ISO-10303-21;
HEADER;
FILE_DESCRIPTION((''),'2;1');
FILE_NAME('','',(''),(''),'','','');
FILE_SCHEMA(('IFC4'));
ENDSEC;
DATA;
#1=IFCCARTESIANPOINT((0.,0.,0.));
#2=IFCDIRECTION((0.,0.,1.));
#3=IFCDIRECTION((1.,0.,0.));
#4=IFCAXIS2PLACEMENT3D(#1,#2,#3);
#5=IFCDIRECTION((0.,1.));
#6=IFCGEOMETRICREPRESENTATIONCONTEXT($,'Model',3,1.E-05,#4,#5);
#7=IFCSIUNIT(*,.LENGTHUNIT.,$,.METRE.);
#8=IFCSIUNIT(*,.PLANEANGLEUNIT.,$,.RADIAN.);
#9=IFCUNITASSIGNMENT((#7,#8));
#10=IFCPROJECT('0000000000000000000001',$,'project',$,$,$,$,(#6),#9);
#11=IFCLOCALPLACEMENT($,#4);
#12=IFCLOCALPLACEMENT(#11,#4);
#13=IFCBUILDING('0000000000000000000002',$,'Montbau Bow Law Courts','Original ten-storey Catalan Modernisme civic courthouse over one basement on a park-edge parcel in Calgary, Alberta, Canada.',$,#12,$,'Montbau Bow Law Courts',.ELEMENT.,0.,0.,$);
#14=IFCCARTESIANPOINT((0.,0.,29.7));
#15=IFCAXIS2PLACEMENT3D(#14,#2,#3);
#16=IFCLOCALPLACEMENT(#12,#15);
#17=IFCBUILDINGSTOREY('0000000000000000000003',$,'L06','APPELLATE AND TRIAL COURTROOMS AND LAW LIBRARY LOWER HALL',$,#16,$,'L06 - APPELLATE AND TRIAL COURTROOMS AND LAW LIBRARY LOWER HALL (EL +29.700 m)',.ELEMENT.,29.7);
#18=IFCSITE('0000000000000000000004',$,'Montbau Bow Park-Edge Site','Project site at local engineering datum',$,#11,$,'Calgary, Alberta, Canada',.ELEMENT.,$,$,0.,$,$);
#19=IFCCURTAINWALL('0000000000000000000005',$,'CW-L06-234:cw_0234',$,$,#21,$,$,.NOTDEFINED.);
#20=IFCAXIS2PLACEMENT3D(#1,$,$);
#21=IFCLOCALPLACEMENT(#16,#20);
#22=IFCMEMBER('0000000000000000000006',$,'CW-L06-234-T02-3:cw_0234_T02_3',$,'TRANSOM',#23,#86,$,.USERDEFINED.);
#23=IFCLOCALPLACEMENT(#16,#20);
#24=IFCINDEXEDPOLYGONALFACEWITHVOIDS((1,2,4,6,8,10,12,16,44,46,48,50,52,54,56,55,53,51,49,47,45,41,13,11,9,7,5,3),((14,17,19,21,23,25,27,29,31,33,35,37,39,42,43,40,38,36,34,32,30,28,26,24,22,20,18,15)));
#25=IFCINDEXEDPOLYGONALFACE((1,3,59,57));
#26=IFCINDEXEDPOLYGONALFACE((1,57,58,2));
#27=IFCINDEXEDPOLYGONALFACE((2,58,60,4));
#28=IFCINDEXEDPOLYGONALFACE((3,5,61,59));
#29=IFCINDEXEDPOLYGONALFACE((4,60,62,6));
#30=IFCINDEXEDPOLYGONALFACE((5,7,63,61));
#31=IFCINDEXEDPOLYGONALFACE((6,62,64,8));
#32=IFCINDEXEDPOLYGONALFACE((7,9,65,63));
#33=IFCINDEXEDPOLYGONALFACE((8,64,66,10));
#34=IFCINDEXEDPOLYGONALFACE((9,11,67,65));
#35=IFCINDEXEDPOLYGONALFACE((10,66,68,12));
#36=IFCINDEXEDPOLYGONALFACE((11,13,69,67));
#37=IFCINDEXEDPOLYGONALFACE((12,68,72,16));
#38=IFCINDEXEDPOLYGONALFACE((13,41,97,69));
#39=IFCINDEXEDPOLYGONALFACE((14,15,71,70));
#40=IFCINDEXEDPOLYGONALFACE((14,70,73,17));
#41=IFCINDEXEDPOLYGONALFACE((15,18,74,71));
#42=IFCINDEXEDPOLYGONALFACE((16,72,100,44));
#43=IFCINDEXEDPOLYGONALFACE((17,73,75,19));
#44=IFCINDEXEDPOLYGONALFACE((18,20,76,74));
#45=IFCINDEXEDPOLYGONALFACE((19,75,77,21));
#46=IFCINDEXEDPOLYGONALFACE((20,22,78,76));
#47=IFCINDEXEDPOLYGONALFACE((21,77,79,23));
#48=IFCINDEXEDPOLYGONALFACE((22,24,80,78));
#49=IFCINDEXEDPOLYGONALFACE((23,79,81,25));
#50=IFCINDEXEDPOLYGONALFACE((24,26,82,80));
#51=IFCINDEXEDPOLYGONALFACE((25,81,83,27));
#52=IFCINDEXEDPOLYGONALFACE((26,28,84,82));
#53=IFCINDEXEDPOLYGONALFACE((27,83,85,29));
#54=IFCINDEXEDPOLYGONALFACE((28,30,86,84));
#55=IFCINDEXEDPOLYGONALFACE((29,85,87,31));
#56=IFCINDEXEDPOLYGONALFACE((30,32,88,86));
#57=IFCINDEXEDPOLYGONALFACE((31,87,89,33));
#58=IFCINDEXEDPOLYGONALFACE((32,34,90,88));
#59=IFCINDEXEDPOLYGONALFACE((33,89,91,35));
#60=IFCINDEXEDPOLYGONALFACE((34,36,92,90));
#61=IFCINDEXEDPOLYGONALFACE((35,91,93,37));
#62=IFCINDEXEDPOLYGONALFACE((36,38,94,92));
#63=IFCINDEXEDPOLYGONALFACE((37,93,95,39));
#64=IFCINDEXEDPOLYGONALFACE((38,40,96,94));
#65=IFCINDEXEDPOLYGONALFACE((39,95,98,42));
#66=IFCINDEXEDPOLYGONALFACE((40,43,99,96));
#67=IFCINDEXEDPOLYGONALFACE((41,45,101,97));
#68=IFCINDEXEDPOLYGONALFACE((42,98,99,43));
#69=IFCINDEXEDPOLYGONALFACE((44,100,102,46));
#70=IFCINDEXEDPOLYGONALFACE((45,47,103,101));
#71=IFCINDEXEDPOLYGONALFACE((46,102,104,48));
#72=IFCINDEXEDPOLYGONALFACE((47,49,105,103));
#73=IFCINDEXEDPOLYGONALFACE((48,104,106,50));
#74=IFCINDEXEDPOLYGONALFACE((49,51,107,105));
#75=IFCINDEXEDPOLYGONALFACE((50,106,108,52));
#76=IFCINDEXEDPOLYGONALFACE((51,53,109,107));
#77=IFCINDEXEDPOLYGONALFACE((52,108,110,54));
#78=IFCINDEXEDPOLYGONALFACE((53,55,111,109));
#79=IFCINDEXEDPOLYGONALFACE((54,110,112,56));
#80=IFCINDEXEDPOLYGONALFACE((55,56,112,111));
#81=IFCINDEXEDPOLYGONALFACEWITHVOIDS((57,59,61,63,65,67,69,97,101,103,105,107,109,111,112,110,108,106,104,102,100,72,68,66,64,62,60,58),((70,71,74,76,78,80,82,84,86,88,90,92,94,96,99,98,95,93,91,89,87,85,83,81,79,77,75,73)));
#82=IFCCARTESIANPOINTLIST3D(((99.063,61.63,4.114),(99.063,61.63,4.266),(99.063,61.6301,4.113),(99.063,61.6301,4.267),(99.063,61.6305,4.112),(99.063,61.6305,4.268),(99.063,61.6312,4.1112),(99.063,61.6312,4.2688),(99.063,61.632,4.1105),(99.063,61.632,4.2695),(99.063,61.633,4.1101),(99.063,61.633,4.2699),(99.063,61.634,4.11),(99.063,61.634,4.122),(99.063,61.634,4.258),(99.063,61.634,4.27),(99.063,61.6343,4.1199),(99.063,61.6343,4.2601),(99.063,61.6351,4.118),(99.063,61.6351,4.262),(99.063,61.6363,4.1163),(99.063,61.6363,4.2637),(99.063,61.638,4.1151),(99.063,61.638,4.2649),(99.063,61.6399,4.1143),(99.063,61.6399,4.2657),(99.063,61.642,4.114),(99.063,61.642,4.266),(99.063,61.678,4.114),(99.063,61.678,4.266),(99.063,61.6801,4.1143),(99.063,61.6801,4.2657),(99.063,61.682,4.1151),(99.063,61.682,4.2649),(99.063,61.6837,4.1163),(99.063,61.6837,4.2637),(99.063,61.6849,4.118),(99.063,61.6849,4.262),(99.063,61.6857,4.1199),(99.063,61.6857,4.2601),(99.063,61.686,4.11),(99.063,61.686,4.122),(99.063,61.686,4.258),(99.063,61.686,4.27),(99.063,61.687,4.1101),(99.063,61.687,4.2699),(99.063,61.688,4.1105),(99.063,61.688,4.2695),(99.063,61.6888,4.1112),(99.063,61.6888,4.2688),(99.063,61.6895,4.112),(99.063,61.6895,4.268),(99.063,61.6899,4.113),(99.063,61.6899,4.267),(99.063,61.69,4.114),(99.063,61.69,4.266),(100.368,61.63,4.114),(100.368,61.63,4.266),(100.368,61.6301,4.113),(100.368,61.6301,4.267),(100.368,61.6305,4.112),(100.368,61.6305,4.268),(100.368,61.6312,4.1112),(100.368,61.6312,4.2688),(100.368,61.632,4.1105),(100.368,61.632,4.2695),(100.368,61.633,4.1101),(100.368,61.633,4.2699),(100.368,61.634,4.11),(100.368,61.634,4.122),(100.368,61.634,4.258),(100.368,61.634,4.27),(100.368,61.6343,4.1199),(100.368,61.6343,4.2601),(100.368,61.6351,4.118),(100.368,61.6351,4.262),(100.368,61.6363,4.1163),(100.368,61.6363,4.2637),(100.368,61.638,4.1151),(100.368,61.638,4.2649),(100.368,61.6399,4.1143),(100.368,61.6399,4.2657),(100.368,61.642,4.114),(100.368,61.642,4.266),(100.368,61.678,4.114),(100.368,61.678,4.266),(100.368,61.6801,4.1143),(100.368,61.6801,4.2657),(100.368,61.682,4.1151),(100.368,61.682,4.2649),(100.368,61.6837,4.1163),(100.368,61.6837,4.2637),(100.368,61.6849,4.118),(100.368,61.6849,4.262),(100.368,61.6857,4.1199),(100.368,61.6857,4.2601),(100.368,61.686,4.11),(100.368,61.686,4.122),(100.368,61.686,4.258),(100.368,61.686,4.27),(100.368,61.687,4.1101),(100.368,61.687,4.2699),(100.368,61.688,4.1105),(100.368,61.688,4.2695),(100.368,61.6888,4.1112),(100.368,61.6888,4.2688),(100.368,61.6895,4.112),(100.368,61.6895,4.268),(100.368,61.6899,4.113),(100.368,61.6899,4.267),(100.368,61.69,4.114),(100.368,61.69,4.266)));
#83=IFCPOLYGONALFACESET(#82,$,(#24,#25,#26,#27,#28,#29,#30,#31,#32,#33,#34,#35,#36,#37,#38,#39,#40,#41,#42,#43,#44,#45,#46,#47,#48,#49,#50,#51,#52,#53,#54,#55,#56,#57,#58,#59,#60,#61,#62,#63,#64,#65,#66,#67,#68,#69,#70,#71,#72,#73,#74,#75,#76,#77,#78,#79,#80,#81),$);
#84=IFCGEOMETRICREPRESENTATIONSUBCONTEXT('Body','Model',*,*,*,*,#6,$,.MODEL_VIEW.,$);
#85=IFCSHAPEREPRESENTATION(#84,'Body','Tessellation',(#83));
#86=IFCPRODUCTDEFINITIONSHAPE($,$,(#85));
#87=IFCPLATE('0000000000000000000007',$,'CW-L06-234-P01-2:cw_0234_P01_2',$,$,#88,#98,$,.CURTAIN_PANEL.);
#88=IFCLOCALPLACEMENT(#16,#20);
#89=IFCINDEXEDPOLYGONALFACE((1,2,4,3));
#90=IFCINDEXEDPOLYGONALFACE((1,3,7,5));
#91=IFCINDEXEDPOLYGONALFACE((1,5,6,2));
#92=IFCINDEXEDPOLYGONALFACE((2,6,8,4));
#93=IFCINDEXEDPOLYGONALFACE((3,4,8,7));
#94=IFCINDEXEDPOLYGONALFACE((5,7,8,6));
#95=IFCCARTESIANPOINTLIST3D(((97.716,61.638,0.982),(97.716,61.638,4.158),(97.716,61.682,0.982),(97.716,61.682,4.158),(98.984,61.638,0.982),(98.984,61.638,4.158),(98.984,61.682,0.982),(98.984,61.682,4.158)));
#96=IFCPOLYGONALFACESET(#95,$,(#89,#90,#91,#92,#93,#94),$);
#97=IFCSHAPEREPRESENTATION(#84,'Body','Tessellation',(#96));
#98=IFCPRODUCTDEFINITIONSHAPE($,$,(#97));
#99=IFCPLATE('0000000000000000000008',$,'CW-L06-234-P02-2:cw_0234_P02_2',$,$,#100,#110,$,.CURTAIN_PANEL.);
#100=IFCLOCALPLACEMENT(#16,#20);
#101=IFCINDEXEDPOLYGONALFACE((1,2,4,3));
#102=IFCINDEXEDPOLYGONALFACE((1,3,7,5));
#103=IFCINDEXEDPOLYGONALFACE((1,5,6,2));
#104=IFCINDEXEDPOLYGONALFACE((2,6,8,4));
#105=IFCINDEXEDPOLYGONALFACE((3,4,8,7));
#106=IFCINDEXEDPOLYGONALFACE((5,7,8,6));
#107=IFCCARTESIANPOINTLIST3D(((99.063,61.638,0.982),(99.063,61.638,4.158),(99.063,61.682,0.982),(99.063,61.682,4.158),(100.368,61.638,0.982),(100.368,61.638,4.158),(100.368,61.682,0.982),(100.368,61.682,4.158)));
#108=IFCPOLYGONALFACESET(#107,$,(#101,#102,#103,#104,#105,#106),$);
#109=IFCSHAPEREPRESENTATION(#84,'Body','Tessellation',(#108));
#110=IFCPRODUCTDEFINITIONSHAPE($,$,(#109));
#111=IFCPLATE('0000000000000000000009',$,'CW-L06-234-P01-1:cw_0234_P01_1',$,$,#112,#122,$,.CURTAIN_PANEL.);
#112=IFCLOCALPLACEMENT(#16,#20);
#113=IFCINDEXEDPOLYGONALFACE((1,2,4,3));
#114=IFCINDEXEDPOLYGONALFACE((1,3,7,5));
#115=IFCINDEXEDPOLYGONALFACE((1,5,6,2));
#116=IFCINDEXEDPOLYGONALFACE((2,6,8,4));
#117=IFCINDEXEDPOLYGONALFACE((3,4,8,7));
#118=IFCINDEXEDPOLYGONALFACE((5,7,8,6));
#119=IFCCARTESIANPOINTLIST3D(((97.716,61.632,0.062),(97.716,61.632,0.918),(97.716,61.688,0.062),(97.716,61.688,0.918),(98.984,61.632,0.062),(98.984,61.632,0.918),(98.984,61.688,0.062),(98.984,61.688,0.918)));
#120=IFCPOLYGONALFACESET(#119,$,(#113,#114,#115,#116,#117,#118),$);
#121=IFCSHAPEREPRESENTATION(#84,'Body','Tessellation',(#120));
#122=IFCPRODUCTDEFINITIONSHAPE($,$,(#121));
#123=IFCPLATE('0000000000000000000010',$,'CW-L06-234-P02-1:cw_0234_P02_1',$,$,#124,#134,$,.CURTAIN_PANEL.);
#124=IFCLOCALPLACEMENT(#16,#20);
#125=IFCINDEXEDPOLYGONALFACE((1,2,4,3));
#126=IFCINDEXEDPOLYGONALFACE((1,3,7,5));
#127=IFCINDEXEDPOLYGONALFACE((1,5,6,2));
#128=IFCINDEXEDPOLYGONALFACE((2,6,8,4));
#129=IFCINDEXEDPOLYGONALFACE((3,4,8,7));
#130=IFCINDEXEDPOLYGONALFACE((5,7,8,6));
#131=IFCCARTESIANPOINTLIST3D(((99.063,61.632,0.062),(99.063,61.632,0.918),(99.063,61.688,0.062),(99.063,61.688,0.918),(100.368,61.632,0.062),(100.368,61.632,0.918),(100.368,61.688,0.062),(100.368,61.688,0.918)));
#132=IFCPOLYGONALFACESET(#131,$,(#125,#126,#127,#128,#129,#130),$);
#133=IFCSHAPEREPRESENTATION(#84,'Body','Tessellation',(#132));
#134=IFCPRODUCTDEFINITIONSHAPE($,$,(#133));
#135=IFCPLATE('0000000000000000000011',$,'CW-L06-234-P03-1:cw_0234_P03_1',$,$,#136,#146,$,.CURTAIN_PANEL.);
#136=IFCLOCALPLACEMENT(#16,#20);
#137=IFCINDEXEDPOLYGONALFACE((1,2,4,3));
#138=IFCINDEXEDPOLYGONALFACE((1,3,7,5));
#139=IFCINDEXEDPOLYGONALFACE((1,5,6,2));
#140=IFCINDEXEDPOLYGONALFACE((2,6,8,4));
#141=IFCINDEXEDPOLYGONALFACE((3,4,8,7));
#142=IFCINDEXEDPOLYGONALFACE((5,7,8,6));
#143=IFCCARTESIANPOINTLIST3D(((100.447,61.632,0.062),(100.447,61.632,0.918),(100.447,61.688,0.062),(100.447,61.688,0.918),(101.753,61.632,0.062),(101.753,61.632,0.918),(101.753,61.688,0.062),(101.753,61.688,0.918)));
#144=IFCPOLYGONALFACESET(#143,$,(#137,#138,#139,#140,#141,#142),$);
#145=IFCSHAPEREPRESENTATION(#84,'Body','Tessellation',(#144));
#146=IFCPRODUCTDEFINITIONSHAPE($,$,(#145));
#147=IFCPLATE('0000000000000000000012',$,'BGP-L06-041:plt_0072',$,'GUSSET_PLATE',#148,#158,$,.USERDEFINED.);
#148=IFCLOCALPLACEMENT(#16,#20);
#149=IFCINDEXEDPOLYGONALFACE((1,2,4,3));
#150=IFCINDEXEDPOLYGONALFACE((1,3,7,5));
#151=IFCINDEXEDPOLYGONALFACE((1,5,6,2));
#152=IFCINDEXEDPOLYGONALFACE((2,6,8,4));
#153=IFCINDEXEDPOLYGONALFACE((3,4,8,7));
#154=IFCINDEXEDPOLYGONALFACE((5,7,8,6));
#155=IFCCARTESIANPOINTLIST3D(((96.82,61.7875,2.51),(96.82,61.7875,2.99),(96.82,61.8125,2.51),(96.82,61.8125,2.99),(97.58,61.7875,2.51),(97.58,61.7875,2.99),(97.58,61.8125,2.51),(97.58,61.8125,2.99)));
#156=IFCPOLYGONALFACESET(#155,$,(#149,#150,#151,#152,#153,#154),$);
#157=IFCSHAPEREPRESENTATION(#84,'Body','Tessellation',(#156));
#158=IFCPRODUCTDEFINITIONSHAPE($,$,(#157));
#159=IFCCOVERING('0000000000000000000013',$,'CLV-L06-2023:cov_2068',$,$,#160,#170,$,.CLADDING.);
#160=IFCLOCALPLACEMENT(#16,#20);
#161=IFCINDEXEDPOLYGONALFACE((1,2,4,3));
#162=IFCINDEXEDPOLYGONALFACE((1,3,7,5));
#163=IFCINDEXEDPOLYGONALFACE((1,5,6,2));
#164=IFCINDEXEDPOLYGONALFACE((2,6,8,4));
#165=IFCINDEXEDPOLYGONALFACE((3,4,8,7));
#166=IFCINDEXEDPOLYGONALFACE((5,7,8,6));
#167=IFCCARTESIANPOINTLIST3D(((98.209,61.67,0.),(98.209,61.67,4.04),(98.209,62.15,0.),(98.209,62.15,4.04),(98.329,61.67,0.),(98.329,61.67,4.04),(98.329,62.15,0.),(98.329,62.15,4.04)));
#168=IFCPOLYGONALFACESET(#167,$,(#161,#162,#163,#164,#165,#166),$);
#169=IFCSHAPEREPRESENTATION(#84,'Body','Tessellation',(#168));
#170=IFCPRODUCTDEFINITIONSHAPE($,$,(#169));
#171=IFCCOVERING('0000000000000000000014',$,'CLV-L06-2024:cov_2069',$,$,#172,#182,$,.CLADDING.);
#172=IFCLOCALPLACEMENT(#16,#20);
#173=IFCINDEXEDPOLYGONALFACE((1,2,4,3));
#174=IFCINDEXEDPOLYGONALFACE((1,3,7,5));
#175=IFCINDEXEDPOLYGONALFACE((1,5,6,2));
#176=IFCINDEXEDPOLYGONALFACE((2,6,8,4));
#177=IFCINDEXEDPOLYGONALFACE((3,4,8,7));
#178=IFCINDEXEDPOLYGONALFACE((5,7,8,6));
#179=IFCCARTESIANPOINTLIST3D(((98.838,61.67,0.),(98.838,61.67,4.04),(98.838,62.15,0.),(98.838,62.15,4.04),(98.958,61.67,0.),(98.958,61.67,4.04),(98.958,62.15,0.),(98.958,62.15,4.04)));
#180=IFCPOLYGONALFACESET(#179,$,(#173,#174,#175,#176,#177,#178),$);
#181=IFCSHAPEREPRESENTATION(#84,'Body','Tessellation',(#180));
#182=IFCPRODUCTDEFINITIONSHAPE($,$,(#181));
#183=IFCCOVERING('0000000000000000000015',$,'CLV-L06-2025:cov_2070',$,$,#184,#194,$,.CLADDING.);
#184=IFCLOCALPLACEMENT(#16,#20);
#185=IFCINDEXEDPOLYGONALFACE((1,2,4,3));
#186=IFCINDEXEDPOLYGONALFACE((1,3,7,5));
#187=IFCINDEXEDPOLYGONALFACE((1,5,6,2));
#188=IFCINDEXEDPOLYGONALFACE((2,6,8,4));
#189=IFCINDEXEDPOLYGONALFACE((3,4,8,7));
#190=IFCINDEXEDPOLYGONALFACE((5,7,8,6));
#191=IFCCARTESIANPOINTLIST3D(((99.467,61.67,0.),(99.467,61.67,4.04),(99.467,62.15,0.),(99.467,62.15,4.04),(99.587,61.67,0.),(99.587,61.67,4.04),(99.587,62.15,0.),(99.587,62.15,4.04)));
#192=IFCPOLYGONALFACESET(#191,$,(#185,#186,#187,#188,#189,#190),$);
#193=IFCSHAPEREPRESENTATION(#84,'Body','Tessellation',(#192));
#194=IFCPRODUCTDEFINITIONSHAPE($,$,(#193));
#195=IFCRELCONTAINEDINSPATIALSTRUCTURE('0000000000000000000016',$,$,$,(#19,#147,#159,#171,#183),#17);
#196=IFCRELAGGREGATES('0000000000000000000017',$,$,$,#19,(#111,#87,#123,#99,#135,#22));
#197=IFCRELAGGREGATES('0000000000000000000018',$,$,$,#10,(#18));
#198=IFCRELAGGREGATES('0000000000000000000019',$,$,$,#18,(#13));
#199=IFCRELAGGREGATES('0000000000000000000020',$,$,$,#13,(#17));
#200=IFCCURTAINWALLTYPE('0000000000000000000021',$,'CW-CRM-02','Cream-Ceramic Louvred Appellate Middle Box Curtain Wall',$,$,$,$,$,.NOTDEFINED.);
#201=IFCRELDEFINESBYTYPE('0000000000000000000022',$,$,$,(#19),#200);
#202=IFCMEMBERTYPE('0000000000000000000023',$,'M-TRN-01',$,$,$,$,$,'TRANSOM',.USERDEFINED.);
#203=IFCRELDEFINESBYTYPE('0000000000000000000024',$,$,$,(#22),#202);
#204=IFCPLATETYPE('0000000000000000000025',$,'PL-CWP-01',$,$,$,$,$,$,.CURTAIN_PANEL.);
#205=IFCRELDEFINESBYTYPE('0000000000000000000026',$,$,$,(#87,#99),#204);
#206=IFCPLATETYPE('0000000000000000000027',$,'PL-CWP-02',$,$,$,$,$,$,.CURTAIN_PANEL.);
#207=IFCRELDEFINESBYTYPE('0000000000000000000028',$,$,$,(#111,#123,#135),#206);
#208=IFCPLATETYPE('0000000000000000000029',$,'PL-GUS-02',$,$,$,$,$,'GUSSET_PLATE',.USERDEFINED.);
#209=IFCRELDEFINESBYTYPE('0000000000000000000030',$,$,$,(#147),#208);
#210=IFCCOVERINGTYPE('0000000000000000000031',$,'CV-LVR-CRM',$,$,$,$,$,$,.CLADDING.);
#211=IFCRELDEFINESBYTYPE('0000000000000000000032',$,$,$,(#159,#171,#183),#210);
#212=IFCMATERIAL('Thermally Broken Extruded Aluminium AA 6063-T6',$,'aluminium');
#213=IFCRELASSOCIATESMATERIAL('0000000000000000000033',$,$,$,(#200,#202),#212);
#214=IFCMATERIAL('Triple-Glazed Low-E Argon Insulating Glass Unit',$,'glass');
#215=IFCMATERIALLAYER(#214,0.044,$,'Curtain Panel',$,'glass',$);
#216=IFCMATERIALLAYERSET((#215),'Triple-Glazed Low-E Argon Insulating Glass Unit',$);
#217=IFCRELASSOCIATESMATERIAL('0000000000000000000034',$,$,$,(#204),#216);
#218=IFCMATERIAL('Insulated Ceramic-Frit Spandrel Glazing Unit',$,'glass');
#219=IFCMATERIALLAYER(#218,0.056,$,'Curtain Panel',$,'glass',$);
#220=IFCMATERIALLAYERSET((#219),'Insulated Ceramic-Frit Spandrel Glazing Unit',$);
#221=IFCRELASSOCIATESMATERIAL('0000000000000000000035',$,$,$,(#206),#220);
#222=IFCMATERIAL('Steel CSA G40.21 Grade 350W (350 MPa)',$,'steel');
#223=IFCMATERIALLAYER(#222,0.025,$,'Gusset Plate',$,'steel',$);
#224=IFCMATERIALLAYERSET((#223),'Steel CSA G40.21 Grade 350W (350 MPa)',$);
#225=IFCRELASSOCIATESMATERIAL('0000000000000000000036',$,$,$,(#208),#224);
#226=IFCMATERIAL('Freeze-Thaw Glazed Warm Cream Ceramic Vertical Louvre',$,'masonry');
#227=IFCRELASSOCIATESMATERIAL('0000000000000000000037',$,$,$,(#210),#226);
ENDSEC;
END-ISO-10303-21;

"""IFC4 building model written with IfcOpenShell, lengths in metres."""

from ifc_helpers import new_model, si_unit, direction, frame, frame_2d, origin_with_axes, origin_2d_with_axis, place, context, subcontext, project, spatial, rectangle, hollow_rectangle, extrude, material, layer, layer_set, material_profile, profile_set, type_object, element, aggregate, save


model = new_model("IFC4")

# Units and contexts
model_context = context("Model", 3, precision=1e-05, world=origin_with_axes(), true_north=direction((0.0, 1.0)))
body_context = subcontext(model_context, "Body", "Model", "MODEL_VIEW")
ifc_project = project(units=[si_unit("LENGTHUNIT", "METRE"), si_unit("PLANEANGLEUNIT", "RADIAN")], contexts=[model_context])

# Site, building, storey
site_placement = place(None, origin_with_axes())
site = spatial("IfcSite", under=ifc_project, at=site_placement, Name="Montbau Bow Park-Edge Site", Description="Project site at local engineering datum", LongName="Calgary, Alberta, Canada", CompositionType="ELEMENT", RefElevation=0.0)
building_placement = place(site_placement, origin_with_axes())
building = spatial("IfcBuilding", under=site, at=building_placement, Name="Montbau Bow Law Courts", Description="Original ten-storey Catalan Modernisme civic courthouse over one basement on a park-edge parcel in Calgary, Alberta, Canada.", LongName="Montbau Bow Law Courts", CompositionType="ELEMENT", ElevationOfRefHeight=0.0, ElevationOfTerrain=0.0)
storey_placement = place(building_placement, frame((0.0, 0.0, 29.7), z_axis=(0.0, 0.0, 1.0), x_axis=(1.0, 0.0, 0.0)))
storey = spatial("IfcBuildingStorey", under=building, at=storey_placement, Name="L06", Description="APPELLATE AND TRIAL COURTROOMS AND LAW LIBRARY LOWER HALL", LongName="L06 - APPELLATE AND TRIAL COURTROOMS AND LAW LIBRARY LOWER HALL (EL +29.700 m)", CompositionType="ELEMENT", Elevation=29.7)

# Shared definitions
ifc_material_1 = material(Name="Steel CSA G40.21 Grade 350W (350 MPa)", Category="steel")

# Curtain wall, member, plates
ifc_material_2 = material(Name="Thermally Broken Extruded Aluminium AA 6063-T6", Category="aluminium")
curtain_wall_type = type_object("IfcCurtainWallType", Name="CW-CRM-02", Description="Cream-Ceramic Louvred Appellate Middle Box Curtain Wall", PredefinedType="NOTDEFINED", material=ifc_material_2)
curtain_wall_placement = place(None, frame((97.64, 61.66, 29.7), z_axis=(0.0, 0.0, 1.0), x_axis=(1.0, 0.0, 0.0)))
curtain_wall = element("IfcCurtainWall", 1, at=curtain_wall_placement, inside=storey, type_object=curtain_wall_type, Name="CW-L06-234:cw_0234", PredefinedType="NOTDEFINED")
ifc_material_profile_1 = material_profile(ifc_material_2, hollow_rectangle(XDim=0.06, YDim=0.16, WallThickness=0.004, InnerFilletRadius=0.008, OuterFilletRadius=0.004, at=origin_2d_with_axis()), Name="CWT-160X60", Category="Main", Priority=0)
ifc_profile_set_1 = profile_set([ifc_material_profile_1], Name="Thermally Broken Extruded Aluminium AA 6063-T6")
member_type_1 = type_object("IfcMemberType", Name="M-TRN-01", ElementType="TRANSOM", PredefinedType="USERDEFINED", material=ifc_profile_set_1)
member_1_placement = place(None, frame((99.063, 61.66, 33.89), z_axis=(1.0, 0.0, 0.0), x_axis=(0.0, 1.0, 0.0)))
member_1 = element("IfcMember", 2, at=member_1_placement, type_object=member_type_1, Name="CW-L06-234-T02-3:cw_0234_T02_3", ObjectType="TRANSOM", PredefinedType="USERDEFINED", context=body_context, shape_type="SweptSolid", body=[
    extrude(hollow_rectangle(XDim=0.06, YDim=0.16, WallThickness=0.004, InnerFilletRadius=0.008, OuterFilletRadius=0.004, at=origin_2d_with_axis()), origin_with_axes(), (0.0, 0.0, 1.0), 1.305),
])
ifc_material_3 = material(Name="Triple-Glazed Low-E Argon Insulating Glass Unit", Category="glass")
ifc_layer_1 = layer(ifc_material_3, 0.044, Name="Curtain Panel", Category="glass")
ifc_layer_set_1 = layer_set([ifc_layer_1], Name="Triple-Glazed Low-E Argon Insulating Glass Unit")
plate_type_1 = type_object("IfcPlateType", Name="PL-CWP-01", PredefinedType="CURTAIN_PANEL", material=ifc_layer_set_1)
plate_1_placement = place(None, frame((97.716, 61.66, 30.682), z_axis=(0.0, -1.0, 0.0), x_axis=(1.0, 0.0, 0.0)))
plate_1 = element("IfcPlate", 3, at=plate_1_placement, type_object=plate_type_1, Name="CW-L06-234-P01-2:cw_0234_P01_2", PredefinedType="CURTAIN_PANEL", context=body_context, shape_type="SweptSolid", body=[
    extrude(rectangle(XDim=1.268, YDim=3.176, at=frame_2d((0.634, 1.588), x_axis=(1.0, 0.0))), frame((0.0, 0.0, -0.022), z_axis=(0.0, 0.0, 1.0), x_axis=(1.0, 0.0, 0.0)), (0.0, 0.0, 1.0), 0.044),
])
plate_2_placement = place(None, frame((99.063, 61.66, 30.682), z_axis=(0.0, -1.0, 0.0), x_axis=(1.0, 0.0, 0.0)))
plate_2 = element("IfcPlate", 4, at=plate_2_placement, type_object=plate_type_1, Name="CW-L06-234-P02-2:cw_0234_P02_2", PredefinedType="CURTAIN_PANEL", context=body_context, shape_type="SweptSolid", body=[
    extrude(rectangle(XDim=1.305, YDim=3.176, at=frame_2d((0.6525, 1.588), x_axis=(1.0, 0.0))), frame((0.0, 0.0, -0.022), z_axis=(0.0, 0.0, 1.0), x_axis=(1.0, 0.0, 0.0)), (0.0, 0.0, 1.0), 0.044),
])
ifc_material_4 = material(Name="Insulated Ceramic-Frit Spandrel Glazing Unit", Category="glass")
ifc_layer_2 = layer(ifc_material_4, 0.056, Name="Curtain Panel", Category="glass")
ifc_layer_set_2 = layer_set([ifc_layer_2], Name="Insulated Ceramic-Frit Spandrel Glazing Unit")
plate_type_2 = type_object("IfcPlateType", Name="PL-CWP-02", PredefinedType="CURTAIN_PANEL", material=ifc_layer_set_2)
plate_3_placement = place(None, frame((97.716, 61.66, 29.762), z_axis=(0.0, -1.0, 0.0), x_axis=(1.0, 0.0, 0.0)))
plate_3 = element("IfcPlate", 5, at=plate_3_placement, type_object=plate_type_2, Name="CW-L06-234-P01-1:cw_0234_P01_1", PredefinedType="CURTAIN_PANEL", context=body_context, shape_type="SweptSolid", body=[
    extrude(rectangle(XDim=1.268, YDim=0.856, at=frame_2d((0.634, 0.428), x_axis=(1.0, 0.0))), frame((0.0, 0.0, -0.028), z_axis=(0.0, 0.0, 1.0), x_axis=(1.0, 0.0, 0.0)), (0.0, 0.0, 1.0), 0.056),
])
plate_4_placement = place(None, frame((99.063, 61.66, 29.762), z_axis=(0.0, -1.0, 0.0), x_axis=(1.0, 0.0, 0.0)))
plate_4 = element("IfcPlate", 6, at=plate_4_placement, type_object=plate_type_2, Name="CW-L06-234-P02-1:cw_0234_P02_1", PredefinedType="CURTAIN_PANEL", context=body_context, shape_type="SweptSolid", body=[
    extrude(rectangle(XDim=1.305, YDim=0.856, at=frame_2d((0.6525, 0.428), x_axis=(1.0, 0.0))), frame((0.0, 0.0, -0.028), z_axis=(0.0, 0.0, 1.0), x_axis=(1.0, 0.0, 0.0)), (0.0, 0.0, 1.0), 0.056),
])
plate_5_placement = place(None, frame((100.447, 61.66, 29.762), z_axis=(0.0, -1.0, 0.0), x_axis=(1.0, 0.0, 0.0)))
plate_5 = element("IfcPlate", 7, at=plate_5_placement, type_object=plate_type_2, Name="CW-L06-234-P03-1:cw_0234_P03_1", PredefinedType="CURTAIN_PANEL", context=body_context, shape_type="SweptSolid", body=[
    extrude(rectangle(XDim=1.306, YDim=0.856, at=frame_2d((0.653, 0.428), x_axis=(1.0, 0.0))), frame((0.0, 0.0, -0.028), z_axis=(0.0, 0.0, 1.0), x_axis=(1.0, 0.0, 0.0)), (0.0, 0.0, 1.0), 0.056),
])
aggregate(curtain_wall, [plate_3, plate_1, plate_4, plate_2, plate_5, member_1])

# Plate
ifc_layer_3 = layer(ifc_material_1, 0.025, Name="Gusset Plate", Category="steel")
ifc_layer_set_3 = layer_set([ifc_layer_3], Name="Steel CSA G40.21 Grade 350W (350 MPa)")
plate_type_3 = type_object("IfcPlateType", Name="PL-GUS-02", ElementType="GUSSET_PLATE", PredefinedType="USERDEFINED", material=ifc_layer_set_3)
plate_6_placement = place(None, frame((97.2, 61.8, 32.21), z_axis=(0.0, 0.0, 1.0), x_axis=(1.0, 0.0, 0.0)))
element("IfcPlate", 8, at=plate_6_placement, inside=storey, type_object=plate_type_3, Name="BGP-L06-041:plt_0072", ObjectType="GUSSET_PLATE", PredefinedType="USERDEFINED", context=body_context, shape_type="SweptSolid", body=[
    extrude(rectangle(XDim=0.76, YDim=0.025, at=origin_2d_with_axis()), origin_with_axes(), (0.0, 0.0, 1.0), 0.48),
])

# Coverings
ifc_material_5 = material(Name="Freeze-Thaw Glazed Warm Cream Ceramic Vertical Louvre", Category="masonry")
covering_type = type_object("IfcCoveringType", Name="CV-LVR-CRM", PredefinedType="CLADDING", material=ifc_material_5)
for number, where, z_axis, x_axis, name in (
    (9, (98.269, 61.67, 29.7), (1.0, 0.0, 0.0), (0.0, 1.0, 0.0), "CLV-L06-2023:cov_2068"),
    (10, (98.898, 61.67, 29.7), (1.0, 0.0, 0.0), (0.0, 1.0, 0.0), "CLV-L06-2024:cov_2069"),
    (11, (99.527, 61.67, 29.7), (1.0, 0.0, 0.0), (0.0, 1.0, 0.0), "CLV-L06-2025:cov_2070"),
):
    element("IfcCovering", number, at=place(None, frame(where, z_axis=z_axis, x_axis=x_axis)), inside=storey, type_object=covering_type, Name=name, PredefinedType="CLADDING", context=body_context, shape_type="SweptSolid", body=[
        extrude(rectangle(XDim=0.48, YDim=4.04, at=frame_2d((0.24, 2.02), x_axis=(1.0, 0.0))), frame((0.0, 0.0, -0.06), z_axis=(0.0, 0.0, 1.0), x_axis=(1.0, 0.0, 0.0)), (0.0, 0.0, 1.0), 0.12),
    ])

save(model, "model.ifc")
